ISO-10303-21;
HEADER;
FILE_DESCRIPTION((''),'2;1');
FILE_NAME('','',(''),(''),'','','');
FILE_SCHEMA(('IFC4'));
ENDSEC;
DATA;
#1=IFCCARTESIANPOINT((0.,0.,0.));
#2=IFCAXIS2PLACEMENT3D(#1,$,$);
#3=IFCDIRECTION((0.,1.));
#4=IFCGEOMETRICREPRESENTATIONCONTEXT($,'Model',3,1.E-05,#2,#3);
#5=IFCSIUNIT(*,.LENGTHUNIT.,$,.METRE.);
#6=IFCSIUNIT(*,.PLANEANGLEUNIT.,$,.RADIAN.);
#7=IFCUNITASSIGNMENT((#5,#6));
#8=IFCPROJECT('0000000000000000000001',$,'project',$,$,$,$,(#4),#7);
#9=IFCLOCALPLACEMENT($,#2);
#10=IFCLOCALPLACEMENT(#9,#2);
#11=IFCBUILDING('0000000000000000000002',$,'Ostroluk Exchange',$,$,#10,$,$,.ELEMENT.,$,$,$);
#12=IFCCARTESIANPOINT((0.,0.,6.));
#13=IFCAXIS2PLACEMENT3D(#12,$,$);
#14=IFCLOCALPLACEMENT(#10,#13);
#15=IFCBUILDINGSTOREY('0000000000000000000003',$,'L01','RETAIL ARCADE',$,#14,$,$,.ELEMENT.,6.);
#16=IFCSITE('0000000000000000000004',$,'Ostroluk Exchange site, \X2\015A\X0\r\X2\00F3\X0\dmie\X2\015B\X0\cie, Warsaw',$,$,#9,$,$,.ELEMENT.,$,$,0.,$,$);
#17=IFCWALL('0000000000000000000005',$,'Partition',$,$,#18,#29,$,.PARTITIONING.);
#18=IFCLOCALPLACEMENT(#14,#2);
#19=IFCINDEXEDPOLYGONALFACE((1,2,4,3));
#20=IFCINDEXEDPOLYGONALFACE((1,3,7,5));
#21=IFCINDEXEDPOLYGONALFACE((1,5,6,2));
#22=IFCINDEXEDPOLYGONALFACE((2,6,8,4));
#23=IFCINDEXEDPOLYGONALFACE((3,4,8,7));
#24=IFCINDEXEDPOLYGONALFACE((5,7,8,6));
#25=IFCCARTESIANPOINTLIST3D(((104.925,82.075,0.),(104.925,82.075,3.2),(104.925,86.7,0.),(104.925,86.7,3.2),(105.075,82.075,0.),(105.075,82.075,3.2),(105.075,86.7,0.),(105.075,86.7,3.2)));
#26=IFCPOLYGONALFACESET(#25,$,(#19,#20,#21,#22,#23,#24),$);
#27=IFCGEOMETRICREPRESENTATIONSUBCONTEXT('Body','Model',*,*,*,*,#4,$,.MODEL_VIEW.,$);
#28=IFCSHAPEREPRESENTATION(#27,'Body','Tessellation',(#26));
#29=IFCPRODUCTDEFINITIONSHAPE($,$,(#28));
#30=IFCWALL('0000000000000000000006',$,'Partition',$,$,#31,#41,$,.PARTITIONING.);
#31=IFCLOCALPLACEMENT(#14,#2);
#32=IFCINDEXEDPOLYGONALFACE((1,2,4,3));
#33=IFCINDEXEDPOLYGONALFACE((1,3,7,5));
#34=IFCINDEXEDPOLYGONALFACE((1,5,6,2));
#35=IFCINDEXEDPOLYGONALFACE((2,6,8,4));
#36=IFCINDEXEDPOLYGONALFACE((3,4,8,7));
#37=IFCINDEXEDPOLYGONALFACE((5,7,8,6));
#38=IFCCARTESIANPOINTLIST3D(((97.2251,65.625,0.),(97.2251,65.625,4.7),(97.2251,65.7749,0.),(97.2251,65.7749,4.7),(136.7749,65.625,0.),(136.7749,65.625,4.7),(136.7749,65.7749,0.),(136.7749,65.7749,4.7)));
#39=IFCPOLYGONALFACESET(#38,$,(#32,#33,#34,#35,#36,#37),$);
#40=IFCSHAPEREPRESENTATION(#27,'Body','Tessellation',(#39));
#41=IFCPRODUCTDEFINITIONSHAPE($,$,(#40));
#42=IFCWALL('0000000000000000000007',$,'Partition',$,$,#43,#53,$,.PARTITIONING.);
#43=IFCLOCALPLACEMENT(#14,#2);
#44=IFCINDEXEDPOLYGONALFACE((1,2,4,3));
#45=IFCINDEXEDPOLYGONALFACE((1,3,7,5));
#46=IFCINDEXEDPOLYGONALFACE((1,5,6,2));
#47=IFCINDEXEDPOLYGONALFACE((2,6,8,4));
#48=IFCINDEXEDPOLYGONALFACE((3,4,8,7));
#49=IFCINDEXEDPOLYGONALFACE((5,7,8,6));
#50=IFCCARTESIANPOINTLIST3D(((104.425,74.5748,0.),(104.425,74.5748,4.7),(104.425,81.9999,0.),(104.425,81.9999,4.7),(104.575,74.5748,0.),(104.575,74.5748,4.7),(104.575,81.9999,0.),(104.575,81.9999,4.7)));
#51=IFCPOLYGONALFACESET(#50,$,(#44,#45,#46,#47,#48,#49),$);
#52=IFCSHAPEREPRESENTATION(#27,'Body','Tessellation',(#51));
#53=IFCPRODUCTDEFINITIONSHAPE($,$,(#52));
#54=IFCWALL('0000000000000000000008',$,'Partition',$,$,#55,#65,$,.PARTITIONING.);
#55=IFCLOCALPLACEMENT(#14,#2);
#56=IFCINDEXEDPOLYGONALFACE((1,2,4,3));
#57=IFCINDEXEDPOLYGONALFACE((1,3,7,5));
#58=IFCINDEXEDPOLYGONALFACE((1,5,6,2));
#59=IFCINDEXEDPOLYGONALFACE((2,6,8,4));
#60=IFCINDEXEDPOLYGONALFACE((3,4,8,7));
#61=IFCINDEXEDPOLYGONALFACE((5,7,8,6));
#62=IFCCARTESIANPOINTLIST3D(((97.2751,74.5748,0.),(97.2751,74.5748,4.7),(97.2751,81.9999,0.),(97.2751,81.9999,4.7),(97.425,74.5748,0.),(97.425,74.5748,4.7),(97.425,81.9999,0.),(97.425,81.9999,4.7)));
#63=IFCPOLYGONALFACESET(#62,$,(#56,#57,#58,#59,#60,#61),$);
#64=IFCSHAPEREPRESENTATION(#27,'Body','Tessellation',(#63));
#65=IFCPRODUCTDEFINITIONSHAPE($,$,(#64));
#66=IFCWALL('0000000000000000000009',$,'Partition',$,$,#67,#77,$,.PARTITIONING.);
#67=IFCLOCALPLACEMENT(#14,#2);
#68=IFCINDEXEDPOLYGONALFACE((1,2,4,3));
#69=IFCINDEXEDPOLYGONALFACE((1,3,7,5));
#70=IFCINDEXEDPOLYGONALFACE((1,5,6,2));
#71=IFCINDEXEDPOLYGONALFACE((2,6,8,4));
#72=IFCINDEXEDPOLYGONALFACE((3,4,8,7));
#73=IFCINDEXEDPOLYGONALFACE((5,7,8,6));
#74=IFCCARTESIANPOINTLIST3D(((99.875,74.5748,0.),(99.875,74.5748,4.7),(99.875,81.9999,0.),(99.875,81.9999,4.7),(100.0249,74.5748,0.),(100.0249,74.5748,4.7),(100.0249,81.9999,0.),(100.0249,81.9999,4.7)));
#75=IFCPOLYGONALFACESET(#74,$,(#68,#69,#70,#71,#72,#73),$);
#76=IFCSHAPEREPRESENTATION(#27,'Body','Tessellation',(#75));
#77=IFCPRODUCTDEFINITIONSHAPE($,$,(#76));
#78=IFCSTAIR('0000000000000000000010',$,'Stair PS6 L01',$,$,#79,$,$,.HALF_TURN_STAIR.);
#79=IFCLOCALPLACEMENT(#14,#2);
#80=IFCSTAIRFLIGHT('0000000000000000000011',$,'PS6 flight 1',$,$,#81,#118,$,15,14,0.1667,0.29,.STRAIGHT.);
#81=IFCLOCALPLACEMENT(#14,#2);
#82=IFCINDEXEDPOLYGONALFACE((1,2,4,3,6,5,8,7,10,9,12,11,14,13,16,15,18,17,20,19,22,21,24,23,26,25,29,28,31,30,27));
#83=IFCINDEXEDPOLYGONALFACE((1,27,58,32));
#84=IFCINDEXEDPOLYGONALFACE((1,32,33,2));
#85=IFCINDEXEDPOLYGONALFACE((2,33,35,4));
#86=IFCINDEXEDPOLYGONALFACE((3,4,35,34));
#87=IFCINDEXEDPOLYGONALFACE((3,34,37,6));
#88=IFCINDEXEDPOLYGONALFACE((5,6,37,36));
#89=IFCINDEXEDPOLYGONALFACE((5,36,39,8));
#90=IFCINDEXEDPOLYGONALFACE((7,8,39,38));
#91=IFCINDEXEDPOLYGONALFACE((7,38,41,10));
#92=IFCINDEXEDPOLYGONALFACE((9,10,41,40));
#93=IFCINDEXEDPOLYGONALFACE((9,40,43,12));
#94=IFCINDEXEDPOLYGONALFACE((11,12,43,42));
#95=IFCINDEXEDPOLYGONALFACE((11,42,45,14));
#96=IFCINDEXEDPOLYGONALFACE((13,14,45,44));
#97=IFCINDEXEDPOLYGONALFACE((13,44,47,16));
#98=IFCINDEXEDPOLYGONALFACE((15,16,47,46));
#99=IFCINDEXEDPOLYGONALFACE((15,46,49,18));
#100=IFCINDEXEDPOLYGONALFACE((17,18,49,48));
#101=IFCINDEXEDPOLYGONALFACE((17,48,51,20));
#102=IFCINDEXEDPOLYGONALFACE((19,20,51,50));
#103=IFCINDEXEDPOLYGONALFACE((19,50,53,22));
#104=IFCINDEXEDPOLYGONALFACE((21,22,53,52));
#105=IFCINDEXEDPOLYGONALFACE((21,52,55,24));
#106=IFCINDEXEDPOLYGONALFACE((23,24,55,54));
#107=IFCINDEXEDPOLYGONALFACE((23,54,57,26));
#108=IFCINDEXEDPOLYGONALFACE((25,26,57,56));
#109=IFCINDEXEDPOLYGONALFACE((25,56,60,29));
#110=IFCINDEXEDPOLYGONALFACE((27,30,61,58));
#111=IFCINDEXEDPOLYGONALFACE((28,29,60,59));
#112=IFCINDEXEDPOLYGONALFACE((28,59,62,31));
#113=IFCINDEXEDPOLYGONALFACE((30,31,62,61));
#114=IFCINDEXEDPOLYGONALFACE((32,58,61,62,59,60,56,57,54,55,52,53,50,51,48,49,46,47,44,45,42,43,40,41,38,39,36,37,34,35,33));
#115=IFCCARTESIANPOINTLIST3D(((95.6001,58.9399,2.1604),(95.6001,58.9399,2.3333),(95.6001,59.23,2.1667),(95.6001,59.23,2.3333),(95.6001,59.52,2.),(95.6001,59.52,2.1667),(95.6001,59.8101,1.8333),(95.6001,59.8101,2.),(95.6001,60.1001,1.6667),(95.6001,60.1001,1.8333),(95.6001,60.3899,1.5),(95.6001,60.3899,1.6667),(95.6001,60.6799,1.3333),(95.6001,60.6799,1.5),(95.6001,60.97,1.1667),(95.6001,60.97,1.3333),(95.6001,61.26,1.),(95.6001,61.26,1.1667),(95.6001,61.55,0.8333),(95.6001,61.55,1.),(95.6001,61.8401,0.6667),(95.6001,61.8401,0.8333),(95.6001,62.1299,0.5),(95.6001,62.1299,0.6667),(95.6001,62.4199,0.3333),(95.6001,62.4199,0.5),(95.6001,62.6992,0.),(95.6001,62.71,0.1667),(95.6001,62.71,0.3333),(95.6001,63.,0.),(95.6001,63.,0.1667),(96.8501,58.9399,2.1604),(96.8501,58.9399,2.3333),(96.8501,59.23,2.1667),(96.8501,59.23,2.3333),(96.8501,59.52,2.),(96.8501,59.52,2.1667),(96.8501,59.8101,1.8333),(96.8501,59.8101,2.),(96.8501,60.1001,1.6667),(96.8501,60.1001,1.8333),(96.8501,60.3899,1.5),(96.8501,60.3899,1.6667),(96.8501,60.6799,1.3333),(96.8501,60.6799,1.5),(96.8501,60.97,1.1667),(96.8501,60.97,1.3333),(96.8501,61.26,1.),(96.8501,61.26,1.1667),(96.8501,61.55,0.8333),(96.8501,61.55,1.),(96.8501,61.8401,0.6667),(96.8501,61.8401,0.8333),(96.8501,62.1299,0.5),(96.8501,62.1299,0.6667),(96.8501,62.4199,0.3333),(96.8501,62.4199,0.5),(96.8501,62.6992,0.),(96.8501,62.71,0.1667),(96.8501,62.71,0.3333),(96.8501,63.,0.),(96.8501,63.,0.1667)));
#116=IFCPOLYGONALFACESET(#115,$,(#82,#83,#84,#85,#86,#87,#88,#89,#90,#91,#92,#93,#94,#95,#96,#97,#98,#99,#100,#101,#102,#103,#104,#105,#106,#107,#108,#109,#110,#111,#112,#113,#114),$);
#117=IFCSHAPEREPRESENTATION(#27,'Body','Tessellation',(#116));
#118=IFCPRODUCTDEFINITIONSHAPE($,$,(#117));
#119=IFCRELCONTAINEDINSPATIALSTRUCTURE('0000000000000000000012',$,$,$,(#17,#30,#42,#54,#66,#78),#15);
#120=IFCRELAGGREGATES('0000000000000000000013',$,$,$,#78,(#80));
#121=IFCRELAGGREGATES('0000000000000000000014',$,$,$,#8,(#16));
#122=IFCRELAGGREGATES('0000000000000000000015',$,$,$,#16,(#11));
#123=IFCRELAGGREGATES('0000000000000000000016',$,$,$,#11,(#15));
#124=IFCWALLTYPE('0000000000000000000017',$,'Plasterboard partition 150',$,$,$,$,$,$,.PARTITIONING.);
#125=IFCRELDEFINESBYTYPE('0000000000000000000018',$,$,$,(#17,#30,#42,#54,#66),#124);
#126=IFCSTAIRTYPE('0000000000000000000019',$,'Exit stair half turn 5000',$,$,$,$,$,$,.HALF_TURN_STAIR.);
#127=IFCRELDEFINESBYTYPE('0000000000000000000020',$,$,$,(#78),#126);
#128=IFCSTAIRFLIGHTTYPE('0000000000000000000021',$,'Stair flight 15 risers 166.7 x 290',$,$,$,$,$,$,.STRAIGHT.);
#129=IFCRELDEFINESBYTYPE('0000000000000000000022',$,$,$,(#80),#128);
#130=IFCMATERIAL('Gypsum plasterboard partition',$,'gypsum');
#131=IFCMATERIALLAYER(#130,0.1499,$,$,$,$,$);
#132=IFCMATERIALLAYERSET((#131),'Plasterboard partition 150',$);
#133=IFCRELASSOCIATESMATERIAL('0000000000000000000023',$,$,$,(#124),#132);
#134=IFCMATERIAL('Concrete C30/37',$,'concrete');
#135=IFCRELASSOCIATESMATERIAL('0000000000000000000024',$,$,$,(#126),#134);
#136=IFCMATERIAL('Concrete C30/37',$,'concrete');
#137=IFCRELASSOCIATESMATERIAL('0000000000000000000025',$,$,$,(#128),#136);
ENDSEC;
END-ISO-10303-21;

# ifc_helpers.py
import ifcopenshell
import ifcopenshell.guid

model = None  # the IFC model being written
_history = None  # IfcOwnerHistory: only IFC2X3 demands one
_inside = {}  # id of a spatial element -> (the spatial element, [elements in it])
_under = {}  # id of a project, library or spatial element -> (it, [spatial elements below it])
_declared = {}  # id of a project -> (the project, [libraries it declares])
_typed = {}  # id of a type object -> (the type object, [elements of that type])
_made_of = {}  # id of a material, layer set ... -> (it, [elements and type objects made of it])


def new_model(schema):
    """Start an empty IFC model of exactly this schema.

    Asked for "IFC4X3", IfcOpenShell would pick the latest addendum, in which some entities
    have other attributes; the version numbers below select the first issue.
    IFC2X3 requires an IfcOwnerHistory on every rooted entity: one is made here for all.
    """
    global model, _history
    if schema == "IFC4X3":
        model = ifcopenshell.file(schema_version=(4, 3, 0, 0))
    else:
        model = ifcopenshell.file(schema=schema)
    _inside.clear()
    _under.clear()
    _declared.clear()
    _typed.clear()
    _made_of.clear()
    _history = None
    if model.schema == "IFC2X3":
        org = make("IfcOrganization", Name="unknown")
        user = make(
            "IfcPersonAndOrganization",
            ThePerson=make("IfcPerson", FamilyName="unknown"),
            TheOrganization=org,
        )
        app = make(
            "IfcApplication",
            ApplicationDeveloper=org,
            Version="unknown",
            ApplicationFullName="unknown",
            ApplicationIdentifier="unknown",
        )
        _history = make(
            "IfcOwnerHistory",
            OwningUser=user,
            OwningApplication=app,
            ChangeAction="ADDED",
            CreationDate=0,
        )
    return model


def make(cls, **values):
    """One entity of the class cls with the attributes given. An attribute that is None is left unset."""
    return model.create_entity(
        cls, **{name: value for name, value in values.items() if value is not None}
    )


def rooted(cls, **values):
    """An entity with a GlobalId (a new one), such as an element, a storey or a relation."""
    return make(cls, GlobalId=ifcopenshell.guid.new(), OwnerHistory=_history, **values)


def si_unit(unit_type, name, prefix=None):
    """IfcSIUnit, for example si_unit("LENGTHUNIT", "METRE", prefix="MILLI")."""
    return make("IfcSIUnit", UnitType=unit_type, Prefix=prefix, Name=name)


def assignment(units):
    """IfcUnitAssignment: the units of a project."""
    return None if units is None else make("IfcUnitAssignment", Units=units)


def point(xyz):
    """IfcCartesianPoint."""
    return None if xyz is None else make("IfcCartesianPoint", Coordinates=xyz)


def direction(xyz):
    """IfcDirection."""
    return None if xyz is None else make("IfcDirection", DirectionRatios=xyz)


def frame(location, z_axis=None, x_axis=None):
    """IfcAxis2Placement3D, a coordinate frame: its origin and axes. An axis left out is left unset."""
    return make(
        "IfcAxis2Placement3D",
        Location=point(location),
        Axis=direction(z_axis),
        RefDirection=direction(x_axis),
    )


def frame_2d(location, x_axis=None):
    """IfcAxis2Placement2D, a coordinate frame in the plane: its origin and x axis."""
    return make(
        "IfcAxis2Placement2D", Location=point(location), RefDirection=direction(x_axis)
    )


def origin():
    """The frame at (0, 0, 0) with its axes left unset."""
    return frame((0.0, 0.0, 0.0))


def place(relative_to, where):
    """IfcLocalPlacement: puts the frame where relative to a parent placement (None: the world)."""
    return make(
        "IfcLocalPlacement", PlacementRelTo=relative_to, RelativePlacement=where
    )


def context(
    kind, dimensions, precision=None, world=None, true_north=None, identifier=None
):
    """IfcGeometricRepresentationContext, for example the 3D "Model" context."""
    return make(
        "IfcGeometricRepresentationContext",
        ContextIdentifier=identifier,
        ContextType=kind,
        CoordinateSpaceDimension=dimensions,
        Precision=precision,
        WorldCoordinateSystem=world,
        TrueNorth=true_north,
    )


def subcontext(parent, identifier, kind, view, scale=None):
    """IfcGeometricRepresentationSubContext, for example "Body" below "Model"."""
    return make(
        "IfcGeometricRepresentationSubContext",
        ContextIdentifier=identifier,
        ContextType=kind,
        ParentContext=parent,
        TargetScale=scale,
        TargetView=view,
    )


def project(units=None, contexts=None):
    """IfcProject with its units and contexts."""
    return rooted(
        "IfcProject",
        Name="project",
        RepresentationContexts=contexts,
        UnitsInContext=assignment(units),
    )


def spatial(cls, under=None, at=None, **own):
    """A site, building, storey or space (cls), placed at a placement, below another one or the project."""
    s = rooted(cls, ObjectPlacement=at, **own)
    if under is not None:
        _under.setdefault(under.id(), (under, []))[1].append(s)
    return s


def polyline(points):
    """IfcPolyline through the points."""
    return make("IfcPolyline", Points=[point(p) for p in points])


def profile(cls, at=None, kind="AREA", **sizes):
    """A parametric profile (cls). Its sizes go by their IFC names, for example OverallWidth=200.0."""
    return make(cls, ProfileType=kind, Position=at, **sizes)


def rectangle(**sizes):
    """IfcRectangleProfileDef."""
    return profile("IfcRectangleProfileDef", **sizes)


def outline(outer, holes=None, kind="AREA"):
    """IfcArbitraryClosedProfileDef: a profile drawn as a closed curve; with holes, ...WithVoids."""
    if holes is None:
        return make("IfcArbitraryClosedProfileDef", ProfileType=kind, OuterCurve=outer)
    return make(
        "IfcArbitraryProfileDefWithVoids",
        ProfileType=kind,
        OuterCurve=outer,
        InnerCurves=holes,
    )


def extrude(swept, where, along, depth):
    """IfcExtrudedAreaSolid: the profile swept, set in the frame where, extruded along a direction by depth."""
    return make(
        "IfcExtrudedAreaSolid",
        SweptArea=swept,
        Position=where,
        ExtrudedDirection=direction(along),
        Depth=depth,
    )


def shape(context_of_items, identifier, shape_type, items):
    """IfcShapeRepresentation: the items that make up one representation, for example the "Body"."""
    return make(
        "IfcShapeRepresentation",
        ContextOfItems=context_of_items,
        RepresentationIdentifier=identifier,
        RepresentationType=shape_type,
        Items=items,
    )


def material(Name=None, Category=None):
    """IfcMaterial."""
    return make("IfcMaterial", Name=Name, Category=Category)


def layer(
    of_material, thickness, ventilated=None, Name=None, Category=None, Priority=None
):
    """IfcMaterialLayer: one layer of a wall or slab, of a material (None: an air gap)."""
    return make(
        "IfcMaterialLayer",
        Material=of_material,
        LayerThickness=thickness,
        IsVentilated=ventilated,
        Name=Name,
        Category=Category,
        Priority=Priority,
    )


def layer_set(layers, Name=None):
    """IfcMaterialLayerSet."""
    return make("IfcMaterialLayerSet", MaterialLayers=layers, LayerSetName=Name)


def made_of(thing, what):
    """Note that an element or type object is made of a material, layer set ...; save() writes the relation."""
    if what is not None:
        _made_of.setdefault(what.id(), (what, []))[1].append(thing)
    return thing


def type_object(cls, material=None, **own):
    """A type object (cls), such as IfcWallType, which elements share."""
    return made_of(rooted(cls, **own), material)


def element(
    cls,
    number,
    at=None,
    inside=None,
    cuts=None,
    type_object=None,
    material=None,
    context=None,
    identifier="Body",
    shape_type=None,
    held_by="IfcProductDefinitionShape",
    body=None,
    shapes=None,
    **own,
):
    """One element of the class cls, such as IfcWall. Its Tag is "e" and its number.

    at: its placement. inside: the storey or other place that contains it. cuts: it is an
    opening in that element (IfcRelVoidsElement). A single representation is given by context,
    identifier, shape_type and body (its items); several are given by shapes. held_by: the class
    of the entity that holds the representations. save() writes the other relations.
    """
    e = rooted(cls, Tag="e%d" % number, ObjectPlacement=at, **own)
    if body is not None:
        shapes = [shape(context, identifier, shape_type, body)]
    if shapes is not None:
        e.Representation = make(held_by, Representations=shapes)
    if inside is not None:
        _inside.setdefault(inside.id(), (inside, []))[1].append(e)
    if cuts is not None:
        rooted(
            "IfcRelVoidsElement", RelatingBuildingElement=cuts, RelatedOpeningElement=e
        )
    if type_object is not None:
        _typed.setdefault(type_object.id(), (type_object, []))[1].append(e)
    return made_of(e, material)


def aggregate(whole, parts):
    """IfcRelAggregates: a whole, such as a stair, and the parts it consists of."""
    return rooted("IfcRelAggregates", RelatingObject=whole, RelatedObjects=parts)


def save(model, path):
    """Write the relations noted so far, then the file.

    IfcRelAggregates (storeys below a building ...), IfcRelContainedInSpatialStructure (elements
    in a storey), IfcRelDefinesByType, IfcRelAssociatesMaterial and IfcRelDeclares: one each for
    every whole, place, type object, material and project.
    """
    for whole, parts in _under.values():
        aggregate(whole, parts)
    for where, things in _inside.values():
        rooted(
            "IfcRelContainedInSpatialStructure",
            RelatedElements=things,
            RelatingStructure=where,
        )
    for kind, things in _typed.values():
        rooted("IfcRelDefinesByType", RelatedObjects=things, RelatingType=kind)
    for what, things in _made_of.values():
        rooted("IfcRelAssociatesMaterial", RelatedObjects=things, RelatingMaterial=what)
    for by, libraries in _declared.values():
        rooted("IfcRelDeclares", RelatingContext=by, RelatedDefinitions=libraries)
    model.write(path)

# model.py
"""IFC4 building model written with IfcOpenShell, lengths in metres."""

from ifc_helpers import new_model, si_unit, direction, frame, frame_2d, origin, place, context, subcontext, project, spatial, polyline, rectangle, outline, extrude, material, layer, layer_set, type_object, element, aggregate, save


model = new_model("IFC4")

# Units and contexts
model_context = context("Model", 3, precision=1e-05, world=origin(), true_north=direction((0.0, 1.0)))
body_context = subcontext(model_context, "Body", "Model", "MODEL_VIEW")
ifc_project = project(units=[si_unit("LENGTHUNIT", "METRE"), si_unit("PLANEANGLEUNIT", "RADIAN")], contexts=[model_context])

# Site, building, storey
site_placement = place(None, origin())
site = spatial("IfcSite", under=ifc_project, at=site_placement, Name="Ostroluk Exchange site, Śródmieście, Warsaw", CompositionType="ELEMENT", RefElevation=0.0)
building_placement = place(site_placement, origin())
building = spatial("IfcBuilding", under=site, at=building_placement, Name="Ostroluk Exchange", CompositionType="ELEMENT")
storey_placement = place(building_placement, frame((0.0, 0.0, 6.0)))
storey = spatial("IfcBuildingStorey", under=building, at=storey_placement, Name="L01", Description="RETAIL ARCADE", CompositionType="ELEMENT", Elevation=6.0)

# Walls
ifc_material_1 = material(Name="Gypsum plasterboard partition", Category="gypsum")
ifc_layer_1 = layer(ifc_material_1, 0.1499)
ifc_layer_set_1 = layer_set([ifc_layer_1], Name="Plasterboard partition 150")
wall_type_1 = type_object("IfcWallType", Name="Plasterboard partition 150", PredefinedType="PARTITIONING", material=ifc_layer_set_1)
wall_1_placement = place(storey_placement, frame((105.0, 82.075, 0.0), z_axis=(0.0, 0.0, 1.0), x_axis=(0.0, 1.0, 0.0)))
element("IfcWall", 1, at=wall_1_placement, inside=storey, type_object=wall_type_1, Name="Partition", PredefinedType="PARTITIONING", context=body_context, shape_type="SweptSolid", body=[
    extrude(rectangle(XDim=4.625, YDim=0.1499, at=frame_2d((2.3125, 0.0))), origin(), (0.0, 0.0, 1.0), 3.2),
])
wall_2_placement = place(storey_placement, frame((97.2251, 65.7, 0.0), z_axis=(0.0, 0.0, 1.0), x_axis=(1.0, 0.0, 0.0)))
element("IfcWall", 2, at=wall_2_placement, inside=storey, type_object=wall_type_1, Name="Partition", PredefinedType="PARTITIONING", context=body_context, shape_type="SweptSolid", body=[
    extrude(rectangle(XDim=39.5498, YDim=0.1499, at=frame_2d((19.7749, 0.0))), origin(), (0.0, 0.0, 1.0), 4.7),
])
for number, where, z_axis, x_axis, name in (
    (3, (104.5, 74.575, 0.0), (0.0, 0.0, 1.0), (0.0, 1.0, 0.0), "Partition"),
    (4, (97.3501, 74.575, 0.0), (0.0, 0.0, 1.0), (0.0, 1.0, 0.0), "Partition"),
    (5, (99.95, 74.575, 0.0), (0.0, 0.0, 1.0), (0.0, 1.0, 0.0), "Partition"),
):
    element("IfcWall", number, at=place(storey_placement, frame(where, z_axis=z_axis, x_axis=x_axis)), inside=storey, type_object=wall_type_1, Name=name, PredefinedType="PARTITIONING", context=body_context, shape_type="SweptSolid", body=[
        extrude(rectangle(XDim=7.425, YDim=0.1499, at=frame_2d((3.7124, 0.0))), origin(), (0.0, 0.0, 1.0), 4.7),
    ])

# Stair, stair flight
ifc_material_2 = material(Name="Concrete C30/37", Category="concrete")
stair_type = type_object("IfcStairType", Name="Exit stair half turn 5000", PredefinedType="HALF_TURN_STAIR", material=ifc_material_2)
stair_placement = place(storey_placement, origin())
stair = element("IfcStair", 6, at=stair_placement, inside=storey, type_object=stair_type, Name="Stair PS6 L01", PredefinedType="HALF_TURN_STAIR")
ifc_material_3 = material(Name="Concrete C30/37", Category="concrete")
stair_flight_type = type_object("IfcStairFlightType", Name="Stair flight 15 risers 166.7 x 290", PredefinedType="STRAIGHT", material=ifc_material_3)
stair_flight_placement = place(storey_placement, frame((96.2251, 63.0, 0.0), z_axis=(0.0, 0.0, 1.0), x_axis=(0.0, -1.0, 0.0)))
stair_flight = element("IfcStairFlight", 7, at=stair_flight_placement, type_object=stair_flight_type, Name="PS6 flight 1", NumberOfRisers=15, NumberOfTreads=14, PredefinedType="STRAIGHT", RiserHeight=0.1667, TreadLength=0.29, context=body_context, shape_type="SweptSolid", body=[
    extrude(outline(polyline([(0.0, 0.0), (0.0, 0.1667), (0.29, 0.1667), (0.29, 0.3333), (0.5801, 0.3333), (0.5801, 0.5), (0.8701, 0.5), (0.8701, 0.6667), (1.1599, 0.6667), (1.1599, 0.8333), (1.45, 0.8333), (1.45, 1.0), (1.74, 1.0), (1.74, 1.1667), (2.03, 1.1667), (2.03, 1.3333), (2.3201, 1.3333), (2.3201, 1.5), (2.6101, 1.5), (2.6101, 1.6667), (2.8999, 1.6667), (2.8999, 1.8333), (3.1899, 1.8333), (3.1899, 2.0), (3.48, 2.0), (3.48, 2.1667), (3.77, 2.1667), (3.77, 2.3333), (4.0601, 2.3333), (4.0601, 2.5), (4.0601, 2.1604), (0.3008, 0.0), (0.0, 0.0)])), frame((0.0, 0.625, 0.0), z_axis=(0.0, -1.0, 0.0), x_axis=(1.0, 0.0, 0.0)), (0.0, 0.0, 1.0), 1.25),
])
aggregate(stair, [stair_flight])

save(model, "model.ifc")
